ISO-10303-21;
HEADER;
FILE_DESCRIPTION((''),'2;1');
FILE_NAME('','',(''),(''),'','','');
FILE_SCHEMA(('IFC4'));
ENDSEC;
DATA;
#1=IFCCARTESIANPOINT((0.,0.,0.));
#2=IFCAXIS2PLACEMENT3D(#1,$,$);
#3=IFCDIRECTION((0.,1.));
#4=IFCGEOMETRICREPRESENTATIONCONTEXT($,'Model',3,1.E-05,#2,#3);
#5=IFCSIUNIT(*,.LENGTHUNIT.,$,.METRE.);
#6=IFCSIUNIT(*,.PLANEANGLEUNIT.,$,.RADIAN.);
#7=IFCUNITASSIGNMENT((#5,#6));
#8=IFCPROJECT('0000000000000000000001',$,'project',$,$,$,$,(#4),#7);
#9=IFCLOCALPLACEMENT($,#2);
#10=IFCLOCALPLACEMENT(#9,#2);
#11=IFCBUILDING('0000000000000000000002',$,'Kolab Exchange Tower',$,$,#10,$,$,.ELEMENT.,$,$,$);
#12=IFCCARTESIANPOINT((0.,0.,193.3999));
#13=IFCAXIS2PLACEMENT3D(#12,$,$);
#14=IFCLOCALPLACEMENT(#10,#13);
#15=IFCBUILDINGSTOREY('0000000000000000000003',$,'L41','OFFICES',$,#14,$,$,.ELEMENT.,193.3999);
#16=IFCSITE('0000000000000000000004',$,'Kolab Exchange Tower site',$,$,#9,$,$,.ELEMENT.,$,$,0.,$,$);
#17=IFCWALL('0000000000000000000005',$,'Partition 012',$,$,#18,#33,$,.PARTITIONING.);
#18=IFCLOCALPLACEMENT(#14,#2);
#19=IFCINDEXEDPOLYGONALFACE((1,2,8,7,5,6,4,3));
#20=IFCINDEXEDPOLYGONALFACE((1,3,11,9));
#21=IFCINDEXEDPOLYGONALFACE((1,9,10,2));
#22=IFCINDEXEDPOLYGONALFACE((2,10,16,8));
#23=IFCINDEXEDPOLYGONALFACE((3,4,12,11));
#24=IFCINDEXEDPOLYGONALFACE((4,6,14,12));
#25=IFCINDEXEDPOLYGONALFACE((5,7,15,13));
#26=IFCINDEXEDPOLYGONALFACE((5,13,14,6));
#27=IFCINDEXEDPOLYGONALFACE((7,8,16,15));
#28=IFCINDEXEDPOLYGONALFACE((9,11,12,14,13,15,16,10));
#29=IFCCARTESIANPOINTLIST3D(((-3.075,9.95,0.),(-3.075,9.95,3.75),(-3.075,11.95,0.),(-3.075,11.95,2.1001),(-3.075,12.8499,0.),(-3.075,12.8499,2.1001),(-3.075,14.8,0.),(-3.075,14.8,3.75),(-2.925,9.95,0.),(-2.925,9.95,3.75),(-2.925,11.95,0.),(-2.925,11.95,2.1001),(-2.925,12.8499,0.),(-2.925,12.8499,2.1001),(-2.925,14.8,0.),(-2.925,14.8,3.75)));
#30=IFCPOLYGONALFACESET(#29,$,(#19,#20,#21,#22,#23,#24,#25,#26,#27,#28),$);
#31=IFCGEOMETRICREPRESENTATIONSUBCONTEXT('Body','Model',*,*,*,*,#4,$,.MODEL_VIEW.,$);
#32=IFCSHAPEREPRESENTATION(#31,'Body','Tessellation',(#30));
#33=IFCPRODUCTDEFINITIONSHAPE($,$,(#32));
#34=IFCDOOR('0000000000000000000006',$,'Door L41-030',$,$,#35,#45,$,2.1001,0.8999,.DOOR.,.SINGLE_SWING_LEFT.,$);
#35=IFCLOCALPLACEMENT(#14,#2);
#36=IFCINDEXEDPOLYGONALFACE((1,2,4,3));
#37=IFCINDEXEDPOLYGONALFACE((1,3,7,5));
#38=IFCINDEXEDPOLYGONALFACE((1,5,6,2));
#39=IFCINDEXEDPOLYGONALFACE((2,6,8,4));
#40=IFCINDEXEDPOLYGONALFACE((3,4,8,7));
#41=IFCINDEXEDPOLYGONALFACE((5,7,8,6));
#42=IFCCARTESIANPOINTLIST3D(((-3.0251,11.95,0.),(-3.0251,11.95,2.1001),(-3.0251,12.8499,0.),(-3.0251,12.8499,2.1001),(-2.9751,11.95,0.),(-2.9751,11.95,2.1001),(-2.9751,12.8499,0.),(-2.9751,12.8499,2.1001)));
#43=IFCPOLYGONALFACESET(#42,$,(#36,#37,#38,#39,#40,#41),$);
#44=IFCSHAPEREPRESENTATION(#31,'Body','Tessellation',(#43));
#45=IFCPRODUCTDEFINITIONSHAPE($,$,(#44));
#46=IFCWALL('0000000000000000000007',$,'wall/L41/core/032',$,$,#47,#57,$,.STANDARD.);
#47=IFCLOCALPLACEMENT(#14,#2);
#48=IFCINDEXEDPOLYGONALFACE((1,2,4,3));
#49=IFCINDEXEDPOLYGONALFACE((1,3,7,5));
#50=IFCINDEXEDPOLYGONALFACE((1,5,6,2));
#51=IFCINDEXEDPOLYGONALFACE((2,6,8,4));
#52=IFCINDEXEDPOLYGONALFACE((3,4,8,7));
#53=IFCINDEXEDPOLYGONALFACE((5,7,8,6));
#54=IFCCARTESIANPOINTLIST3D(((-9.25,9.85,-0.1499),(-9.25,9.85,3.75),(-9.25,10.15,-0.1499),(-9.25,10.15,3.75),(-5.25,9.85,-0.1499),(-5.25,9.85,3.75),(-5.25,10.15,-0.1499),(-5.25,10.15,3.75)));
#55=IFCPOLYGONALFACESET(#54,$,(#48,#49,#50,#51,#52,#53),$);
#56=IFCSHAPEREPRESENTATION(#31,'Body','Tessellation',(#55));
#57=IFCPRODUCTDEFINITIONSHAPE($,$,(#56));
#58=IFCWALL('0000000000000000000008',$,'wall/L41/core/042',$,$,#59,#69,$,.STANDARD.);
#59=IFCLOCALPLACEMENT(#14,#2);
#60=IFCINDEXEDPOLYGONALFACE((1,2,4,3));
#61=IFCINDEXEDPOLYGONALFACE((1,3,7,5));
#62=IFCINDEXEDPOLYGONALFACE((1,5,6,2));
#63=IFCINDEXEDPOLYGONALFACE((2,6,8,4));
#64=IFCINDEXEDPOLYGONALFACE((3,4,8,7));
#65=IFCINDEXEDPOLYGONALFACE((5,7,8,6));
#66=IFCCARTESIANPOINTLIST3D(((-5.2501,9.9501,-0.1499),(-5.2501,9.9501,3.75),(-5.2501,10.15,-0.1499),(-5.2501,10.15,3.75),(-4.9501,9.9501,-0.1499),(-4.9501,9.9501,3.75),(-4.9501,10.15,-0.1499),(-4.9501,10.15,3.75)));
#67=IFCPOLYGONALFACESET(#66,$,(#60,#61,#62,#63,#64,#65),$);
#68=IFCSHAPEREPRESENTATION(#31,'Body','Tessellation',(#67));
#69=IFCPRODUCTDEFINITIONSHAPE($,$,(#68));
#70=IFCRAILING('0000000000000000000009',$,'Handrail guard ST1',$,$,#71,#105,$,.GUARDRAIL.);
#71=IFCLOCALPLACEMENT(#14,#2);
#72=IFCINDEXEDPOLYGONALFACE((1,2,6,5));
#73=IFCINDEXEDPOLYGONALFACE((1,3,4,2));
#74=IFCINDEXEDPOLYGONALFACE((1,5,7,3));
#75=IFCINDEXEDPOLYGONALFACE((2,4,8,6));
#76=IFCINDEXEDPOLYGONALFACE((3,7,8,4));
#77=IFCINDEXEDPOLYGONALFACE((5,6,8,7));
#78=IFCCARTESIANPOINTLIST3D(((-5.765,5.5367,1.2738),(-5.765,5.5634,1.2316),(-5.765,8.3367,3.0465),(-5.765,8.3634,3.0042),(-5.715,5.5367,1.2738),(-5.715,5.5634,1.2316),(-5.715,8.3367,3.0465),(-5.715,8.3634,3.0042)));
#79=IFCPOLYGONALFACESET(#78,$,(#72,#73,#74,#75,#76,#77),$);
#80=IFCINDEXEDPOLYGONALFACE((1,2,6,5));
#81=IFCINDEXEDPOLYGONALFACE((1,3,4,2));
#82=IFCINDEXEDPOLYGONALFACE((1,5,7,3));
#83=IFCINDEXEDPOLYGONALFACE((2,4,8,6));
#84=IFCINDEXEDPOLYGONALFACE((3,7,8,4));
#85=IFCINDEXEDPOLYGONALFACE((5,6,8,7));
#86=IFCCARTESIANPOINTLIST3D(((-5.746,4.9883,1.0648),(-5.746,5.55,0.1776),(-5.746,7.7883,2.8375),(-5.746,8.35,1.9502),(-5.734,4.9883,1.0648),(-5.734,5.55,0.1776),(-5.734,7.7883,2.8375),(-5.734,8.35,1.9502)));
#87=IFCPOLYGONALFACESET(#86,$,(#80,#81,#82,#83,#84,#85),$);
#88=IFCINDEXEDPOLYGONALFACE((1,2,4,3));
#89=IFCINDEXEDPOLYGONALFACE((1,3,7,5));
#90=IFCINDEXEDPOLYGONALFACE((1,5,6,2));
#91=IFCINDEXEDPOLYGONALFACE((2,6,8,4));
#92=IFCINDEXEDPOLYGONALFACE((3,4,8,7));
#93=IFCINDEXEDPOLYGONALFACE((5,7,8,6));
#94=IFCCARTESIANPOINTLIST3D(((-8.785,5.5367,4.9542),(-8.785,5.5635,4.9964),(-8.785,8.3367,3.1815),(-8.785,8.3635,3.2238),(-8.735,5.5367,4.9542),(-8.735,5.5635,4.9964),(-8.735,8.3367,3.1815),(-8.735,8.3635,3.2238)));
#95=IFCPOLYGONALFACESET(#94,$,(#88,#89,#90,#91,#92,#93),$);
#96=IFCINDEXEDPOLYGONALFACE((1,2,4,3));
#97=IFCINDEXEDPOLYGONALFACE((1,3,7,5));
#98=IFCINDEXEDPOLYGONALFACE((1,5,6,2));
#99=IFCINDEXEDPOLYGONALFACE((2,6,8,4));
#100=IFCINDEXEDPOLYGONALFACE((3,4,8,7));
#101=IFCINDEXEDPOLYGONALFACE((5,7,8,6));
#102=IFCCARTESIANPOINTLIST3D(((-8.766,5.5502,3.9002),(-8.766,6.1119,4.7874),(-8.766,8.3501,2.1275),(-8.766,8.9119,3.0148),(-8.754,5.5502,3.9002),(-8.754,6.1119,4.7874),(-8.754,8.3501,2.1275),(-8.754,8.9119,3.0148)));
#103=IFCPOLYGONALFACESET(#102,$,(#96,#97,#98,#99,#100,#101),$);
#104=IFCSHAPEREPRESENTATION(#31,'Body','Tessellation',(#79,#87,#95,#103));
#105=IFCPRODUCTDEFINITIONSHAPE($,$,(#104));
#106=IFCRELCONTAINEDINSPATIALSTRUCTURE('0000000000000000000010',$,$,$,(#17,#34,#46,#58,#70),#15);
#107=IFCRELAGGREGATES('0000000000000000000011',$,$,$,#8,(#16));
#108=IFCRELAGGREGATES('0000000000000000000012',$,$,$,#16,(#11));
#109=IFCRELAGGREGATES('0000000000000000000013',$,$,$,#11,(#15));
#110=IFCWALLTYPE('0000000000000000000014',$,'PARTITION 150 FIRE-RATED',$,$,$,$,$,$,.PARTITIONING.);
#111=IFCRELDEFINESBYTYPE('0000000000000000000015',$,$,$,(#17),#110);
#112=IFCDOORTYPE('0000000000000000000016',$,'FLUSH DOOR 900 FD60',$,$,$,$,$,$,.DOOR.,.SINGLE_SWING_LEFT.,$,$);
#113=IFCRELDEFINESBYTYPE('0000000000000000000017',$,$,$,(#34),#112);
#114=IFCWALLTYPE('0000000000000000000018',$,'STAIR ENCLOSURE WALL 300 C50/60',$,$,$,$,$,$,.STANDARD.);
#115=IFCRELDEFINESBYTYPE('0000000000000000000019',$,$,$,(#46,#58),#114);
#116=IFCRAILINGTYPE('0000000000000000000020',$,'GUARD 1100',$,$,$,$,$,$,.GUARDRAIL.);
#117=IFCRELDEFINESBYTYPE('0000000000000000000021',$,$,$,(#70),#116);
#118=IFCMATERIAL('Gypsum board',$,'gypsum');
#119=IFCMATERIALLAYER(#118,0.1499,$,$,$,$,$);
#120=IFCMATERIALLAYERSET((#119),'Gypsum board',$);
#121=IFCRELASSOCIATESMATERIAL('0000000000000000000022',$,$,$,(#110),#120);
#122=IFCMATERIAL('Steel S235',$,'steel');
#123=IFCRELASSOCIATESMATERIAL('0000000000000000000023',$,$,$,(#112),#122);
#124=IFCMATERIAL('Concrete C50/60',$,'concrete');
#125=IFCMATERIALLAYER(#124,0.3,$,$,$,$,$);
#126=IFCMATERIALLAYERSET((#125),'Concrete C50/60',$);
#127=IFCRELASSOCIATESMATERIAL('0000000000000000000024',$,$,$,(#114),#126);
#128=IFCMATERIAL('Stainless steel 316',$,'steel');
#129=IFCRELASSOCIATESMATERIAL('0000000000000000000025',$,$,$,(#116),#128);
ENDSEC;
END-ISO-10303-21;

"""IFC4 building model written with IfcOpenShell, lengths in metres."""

from ifc_helpers import new_model, si_unit, direction, frame, frame_2d, origin, origin_2d, place, context, subcontext, project, spatial, rectangle, extrude, material, layer, layer_set, type_object, element, fill, save


model = new_model("IFC4")

# Units and contexts
model_context = context("Model", 3, precision=1e-05, world=origin(), true_north=direction((0.0, 1.0)))
body_context = subcontext(model_context, "Body", "Model", "MODEL_VIEW")
ifc_project = project(units=[si_unit("LENGTHUNIT", "METRE"), si_unit("PLANEANGLEUNIT", "RADIAN")], contexts=[model_context])

# Site, building, storey
site_placement = place(None, origin())
site = spatial("IfcSite", under=ifc_project, at=site_placement, Name="Kolab Exchange Tower site", CompositionType="ELEMENT", RefElevation=0.0)
building_placement = place(site_placement, origin())
building = spatial("IfcBuilding", under=site, at=building_placement, Name="Kolab Exchange Tower", CompositionType="ELEMENT")
storey_placement = place(building_placement, frame((0.0, 0.0, 193.3999)))
storey = spatial("IfcBuildingStorey", under=building, at=storey_placement, Name="L41", Description="OFFICES", CompositionType="ELEMENT", Elevation=193.3999)

# Shared definitions
ifc_material_1 = material(Name="Steel S235", Category="steel")
ifc_material_2 = material(Name="Concrete C50/60", Category="concrete")
ifc_material_3 = material(Name="Stainless steel 316", Category="steel")

# Shared definitions
ifc_material_4 = material(Name="Gypsum board", Category="gypsum")

# Wall, opening, door
ifc_layer_1 = layer(ifc_material_4, 0.1499)
ifc_layer_set_1 = layer_set([ifc_layer_1], Name="Gypsum board")
wall_type_1 = type_object("IfcWallType", Name="PARTITION 150 FIRE-RATED", PredefinedType="PARTITIONING", material=ifc_layer_set_1)
wall_1_placement = place(storey_placement, frame((-3.0, 9.95, 0.0), z_axis=(0.0, 0.0, 1.0), x_axis=(0.0, 1.0, 0.0)))
wall_1 = element("IfcWall", 1, at=wall_1_placement, inside=storey, type_object=wall_type_1, Name="Partition 012", PredefinedType="PARTITIONING", context=body_context, shape_type="SweptSolid", body=[
    extrude(rectangle(XDim=4.8501, YDim=0.1499, at=frame_2d((2.425, 0.0))), origin(), (0.0, 0.0, 1.0), 3.75),
])
opening_1_placement = place(wall_1_placement, frame((2.0, 0.0, 0.0)))
opening_1 = element("IfcOpeningElement", 2, at=opening_1_placement, cuts=wall_1, PredefinedType="OPENING", context=body_context, shape_type="SweptSolid", body=[
    extrude(rectangle(XDim=0.8999, YDim=2.1001, at=frame_2d((0.45, 1.05))), frame((0.0, 0.085, 0.0), z_axis=(0.0, -1.0, 0.0), x_axis=(1.0, 0.0, 0.0)), (0.0, 0.0, 1.0), 0.1699),
])
door_type_1 = type_object("IfcDoorType", Name="FLUSH DOOR 900 FD60", OperationType="SINGLE_SWING_LEFT", PredefinedType="DOOR", material=ifc_material_1)
door_1_placement = place(opening_1_placement, frame((0.8999, 0.0, 0.0), z_axis=(0.0, 0.0, 1.0), x_axis=(-1.0, 0.0, 0.0)))
door_1 = element("IfcDoor", 3, at=door_1_placement, inside=storey, type_object=door_type_1, Name="Door L41-030", OperationType="SINGLE_SWING_LEFT", OverallHeight=2.1001, OverallWidth=0.8999, PredefinedType="DOOR", context=body_context, shape_type="SweptSolid", body=[
    extrude(rectangle(XDim=0.8999, YDim=2.1001, at=frame_2d((0.45, 1.05))), frame((0.0, 0.0249, 0.0), z_axis=(0.0, -1.0, 0.0), x_axis=(1.0, 0.0, 0.0)), (0.0, 0.0, 1.0), 0.05),
])
fill(opening_1, door_1)

# Walls
ifc_layer_2 = layer(ifc_material_2, 0.3)
ifc_layer_set_2 = layer_set([ifc_layer_2], Name="Concrete C50/60")
wall_type_2 = type_object("IfcWallType", Name="STAIR ENCLOSURE WALL 300 C50/60", PredefinedType="STANDARD", material=ifc_layer_set_2)
wall_2_placement = place(storey_placement, frame((-9.25, 10.0, -0.1499), z_axis=(0.0, 0.0, 1.0), x_axis=(1.0, 0.0, 0.0)))
element("IfcWall", 4, at=wall_2_placement, inside=storey, type_object=wall_type_2, Name="wall/L41/core/032", PredefinedType="STANDARD", context=body_context, shape_type="SweptSolid", body=[
    extrude(rectangle(XDim=4.0, YDim=0.3, at=frame_2d((2.0, 0.0))), origin(), (0.0, 0.0, 1.0), 3.8999),
])
wall_3_placement = place(storey_placement, frame((-5.1001, 9.95, -0.1499), z_axis=(0.0, 0.0, 1.0), x_axis=(0.0, 1.0, 0.0)))
element("IfcWall", 5, at=wall_3_placement, inside=storey, type_object=wall_type_2, Name="wall/L41/core/042", PredefinedType="STANDARD", context=body_context, shape_type="SweptSolid", body=[
    extrude(rectangle(XDim=0.2, YDim=0.3, at=frame_2d((0.1001, 0.0))), origin(), (0.0, 0.0, 1.0), 3.8999),
])

# Railing
railing_type = type_object("IfcRailingType", Name="GUARD 1100", PredefinedType="GUARDRAIL", material=ifc_material_3)
railing_placement = place(storey_placement, frame((-5.74, 5.55, 0.1775)))
element("IfcRailing", 6, at=railing_placement, inside=storey, type_object=railing_type, Name="Handrail guard ST1", PredefinedType="GUARDRAIL", context=body_context, shape_type="SweptSolid", body=[
    extrude(rectangle(XDim=0.05, YDim=0.05, at=origin_2d()), frame((0.0, 0.0, 1.0752), z_axis=(0.0, 0.844909, 0.53491), x_axis=(-1.0, 0.0, 0.0)), (0.0, 0.0, 1.0), 3.314),
    extrude(rectangle(XDim=0.012, YDim=1.0501, at=frame_2d((0.0, 0.5251))), frame((0.0, 0.0, 0.0), z_axis=(0.0, 0.844909, 0.53491), x_axis=(-1.0, 0.0, 0.0)), (0.0, 0.0, 1.0), 3.314),
    extrude(rectangle(XDim=0.05, YDim=0.05, at=origin_2d()), frame((-3.02, 2.8, 3.0251), z_axis=(0.0, -0.844909, 0.53491), x_axis=(1.0, 0.0, 0.0)), (0.0, 0.0, 1.0), 3.314),
    extrude(rectangle(XDim=0.012, YDim=1.0501, at=frame_2d((0.0, 0.5251))), frame((-3.02, 2.8, 1.95), z_axis=(0.0, -0.844909, 0.53491), x_axis=(1.0, 0.0, 0.0)), (0.0, 0.0, 1.0), 3.314),
])

save(model, "model.ifc")
